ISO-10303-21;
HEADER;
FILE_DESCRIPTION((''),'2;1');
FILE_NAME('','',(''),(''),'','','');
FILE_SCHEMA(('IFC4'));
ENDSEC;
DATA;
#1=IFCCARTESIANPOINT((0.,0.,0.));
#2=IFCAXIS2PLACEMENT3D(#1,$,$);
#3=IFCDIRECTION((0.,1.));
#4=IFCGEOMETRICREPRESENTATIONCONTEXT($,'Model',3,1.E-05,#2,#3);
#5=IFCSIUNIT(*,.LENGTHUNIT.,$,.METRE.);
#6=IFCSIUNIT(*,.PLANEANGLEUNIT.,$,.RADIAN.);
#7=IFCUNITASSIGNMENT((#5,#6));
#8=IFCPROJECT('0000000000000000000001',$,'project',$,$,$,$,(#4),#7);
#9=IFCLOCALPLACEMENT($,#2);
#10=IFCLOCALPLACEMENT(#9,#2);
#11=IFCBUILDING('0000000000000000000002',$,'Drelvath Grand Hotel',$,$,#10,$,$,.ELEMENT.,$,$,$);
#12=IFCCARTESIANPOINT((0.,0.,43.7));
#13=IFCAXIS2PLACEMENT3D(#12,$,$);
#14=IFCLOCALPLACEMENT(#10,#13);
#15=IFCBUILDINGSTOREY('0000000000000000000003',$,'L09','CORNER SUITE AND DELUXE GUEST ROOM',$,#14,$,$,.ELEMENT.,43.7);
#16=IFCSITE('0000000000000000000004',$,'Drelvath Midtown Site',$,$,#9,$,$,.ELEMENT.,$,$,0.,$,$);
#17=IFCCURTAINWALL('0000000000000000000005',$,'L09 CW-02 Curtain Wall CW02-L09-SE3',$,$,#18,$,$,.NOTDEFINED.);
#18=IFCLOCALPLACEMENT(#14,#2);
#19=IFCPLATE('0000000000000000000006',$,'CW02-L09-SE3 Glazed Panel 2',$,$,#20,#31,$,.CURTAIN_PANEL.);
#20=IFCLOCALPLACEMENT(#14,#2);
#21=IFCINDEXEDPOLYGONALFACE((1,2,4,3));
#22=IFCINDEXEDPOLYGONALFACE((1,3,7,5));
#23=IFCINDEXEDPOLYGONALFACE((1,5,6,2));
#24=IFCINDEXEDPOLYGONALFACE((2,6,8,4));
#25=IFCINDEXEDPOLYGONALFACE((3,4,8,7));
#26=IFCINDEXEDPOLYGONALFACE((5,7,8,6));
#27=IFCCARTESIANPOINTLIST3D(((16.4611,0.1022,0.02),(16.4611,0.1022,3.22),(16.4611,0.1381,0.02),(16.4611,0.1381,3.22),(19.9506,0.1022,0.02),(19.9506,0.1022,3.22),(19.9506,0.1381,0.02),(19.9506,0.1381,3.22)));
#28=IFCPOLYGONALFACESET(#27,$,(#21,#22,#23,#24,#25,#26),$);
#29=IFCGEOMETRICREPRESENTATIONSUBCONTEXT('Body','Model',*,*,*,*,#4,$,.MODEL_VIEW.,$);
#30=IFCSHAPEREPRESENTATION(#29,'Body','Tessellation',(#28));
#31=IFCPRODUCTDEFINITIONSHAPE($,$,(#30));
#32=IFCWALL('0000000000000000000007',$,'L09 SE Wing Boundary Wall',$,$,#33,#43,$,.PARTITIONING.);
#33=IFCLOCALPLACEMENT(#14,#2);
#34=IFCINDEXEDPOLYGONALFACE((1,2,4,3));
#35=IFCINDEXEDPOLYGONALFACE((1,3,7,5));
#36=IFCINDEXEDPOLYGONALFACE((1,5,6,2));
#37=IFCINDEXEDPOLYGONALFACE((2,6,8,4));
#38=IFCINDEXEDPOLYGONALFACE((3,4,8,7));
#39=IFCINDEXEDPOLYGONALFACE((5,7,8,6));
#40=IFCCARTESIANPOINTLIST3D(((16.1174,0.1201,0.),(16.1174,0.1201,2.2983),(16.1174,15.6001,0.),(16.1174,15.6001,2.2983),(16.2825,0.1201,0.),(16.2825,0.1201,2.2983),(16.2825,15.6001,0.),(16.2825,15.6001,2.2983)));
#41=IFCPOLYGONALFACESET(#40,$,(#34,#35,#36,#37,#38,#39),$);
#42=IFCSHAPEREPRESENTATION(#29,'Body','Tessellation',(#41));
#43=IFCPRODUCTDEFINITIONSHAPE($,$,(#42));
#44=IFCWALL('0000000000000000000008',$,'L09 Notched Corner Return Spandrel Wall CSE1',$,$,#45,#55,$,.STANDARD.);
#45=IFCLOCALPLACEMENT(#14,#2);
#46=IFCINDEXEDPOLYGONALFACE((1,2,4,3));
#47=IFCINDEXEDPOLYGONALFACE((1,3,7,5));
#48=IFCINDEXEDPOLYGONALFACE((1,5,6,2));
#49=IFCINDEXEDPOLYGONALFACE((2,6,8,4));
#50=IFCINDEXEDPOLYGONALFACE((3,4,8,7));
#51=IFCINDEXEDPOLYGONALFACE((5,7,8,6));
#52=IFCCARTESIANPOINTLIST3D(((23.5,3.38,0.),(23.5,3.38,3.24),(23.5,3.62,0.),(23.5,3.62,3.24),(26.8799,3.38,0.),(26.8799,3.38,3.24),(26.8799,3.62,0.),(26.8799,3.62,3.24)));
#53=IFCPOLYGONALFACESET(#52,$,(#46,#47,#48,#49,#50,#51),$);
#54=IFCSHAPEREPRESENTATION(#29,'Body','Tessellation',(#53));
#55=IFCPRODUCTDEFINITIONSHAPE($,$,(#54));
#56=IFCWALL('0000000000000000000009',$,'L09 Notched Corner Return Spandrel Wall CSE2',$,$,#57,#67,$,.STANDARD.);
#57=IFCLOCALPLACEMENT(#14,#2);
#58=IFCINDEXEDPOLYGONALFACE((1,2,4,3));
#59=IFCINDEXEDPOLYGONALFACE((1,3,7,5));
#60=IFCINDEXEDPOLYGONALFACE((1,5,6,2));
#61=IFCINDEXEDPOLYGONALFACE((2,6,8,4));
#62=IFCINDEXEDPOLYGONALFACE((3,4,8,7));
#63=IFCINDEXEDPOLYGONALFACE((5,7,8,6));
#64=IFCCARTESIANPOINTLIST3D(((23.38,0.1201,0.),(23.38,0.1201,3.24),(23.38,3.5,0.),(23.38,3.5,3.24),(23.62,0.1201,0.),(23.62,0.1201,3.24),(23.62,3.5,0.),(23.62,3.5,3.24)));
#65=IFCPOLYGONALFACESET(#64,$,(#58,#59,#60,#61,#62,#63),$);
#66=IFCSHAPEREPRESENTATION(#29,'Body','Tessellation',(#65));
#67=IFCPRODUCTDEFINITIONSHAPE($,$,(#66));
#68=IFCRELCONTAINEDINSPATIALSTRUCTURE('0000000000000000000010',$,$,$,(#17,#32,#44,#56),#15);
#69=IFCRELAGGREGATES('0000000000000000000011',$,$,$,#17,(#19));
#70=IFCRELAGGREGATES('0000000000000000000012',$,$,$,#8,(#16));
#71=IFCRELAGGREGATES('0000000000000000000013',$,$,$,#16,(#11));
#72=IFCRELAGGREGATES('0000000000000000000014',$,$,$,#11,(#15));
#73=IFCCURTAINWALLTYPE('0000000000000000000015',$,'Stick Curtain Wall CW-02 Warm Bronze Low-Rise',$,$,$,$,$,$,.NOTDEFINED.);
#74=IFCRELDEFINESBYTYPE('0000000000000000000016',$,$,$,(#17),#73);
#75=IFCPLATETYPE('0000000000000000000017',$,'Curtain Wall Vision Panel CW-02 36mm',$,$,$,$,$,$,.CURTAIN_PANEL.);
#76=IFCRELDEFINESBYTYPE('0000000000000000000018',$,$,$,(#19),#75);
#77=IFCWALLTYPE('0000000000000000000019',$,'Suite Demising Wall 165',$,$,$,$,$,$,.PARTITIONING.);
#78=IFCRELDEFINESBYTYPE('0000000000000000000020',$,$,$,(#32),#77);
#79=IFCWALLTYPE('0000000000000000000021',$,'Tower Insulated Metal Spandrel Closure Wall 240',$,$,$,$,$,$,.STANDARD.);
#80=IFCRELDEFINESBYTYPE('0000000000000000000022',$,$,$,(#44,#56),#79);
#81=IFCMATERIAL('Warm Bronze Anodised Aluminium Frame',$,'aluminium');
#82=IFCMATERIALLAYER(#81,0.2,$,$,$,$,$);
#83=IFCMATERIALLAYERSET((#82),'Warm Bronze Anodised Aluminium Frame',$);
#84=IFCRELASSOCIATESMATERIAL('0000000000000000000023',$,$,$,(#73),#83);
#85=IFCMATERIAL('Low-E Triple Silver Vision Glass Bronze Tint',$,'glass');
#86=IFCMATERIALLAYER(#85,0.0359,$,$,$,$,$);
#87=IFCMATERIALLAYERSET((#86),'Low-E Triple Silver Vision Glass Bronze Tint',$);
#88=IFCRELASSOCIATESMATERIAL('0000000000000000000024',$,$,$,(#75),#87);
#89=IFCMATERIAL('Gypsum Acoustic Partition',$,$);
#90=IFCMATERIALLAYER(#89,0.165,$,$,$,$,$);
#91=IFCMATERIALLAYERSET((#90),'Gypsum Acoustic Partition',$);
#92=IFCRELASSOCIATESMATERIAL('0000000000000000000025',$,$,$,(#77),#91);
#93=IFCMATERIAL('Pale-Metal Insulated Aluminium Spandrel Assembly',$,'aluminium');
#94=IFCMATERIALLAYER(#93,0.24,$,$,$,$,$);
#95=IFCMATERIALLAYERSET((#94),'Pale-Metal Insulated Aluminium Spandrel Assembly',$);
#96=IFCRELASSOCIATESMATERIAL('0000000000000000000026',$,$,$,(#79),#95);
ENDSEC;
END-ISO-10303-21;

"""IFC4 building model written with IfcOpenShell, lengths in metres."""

from ifc_helpers import new_model, si_unit, direction, frame, frame_2d, origin, origin_2d, place, context, subcontext, project, spatial, rectangle, extrude, material, layer, layer_set, type_object, element, aggregate, save


model = new_model("IFC4")

# Units and contexts
model_context = context("Model", 3, precision=1e-05, world=origin(), true_north=direction((0.0, 1.0)))
body_context = subcontext(model_context, "Body", "Model", "MODEL_VIEW")
ifc_project = project(units=[si_unit("LENGTHUNIT", "METRE"), si_unit("PLANEANGLEUNIT", "RADIAN")], contexts=[model_context])

# Site, building, storey
site_placement = place(None, origin())
site = spatial("IfcSite", under=ifc_project, at=site_placement, Name="Drelvath Midtown Site", CompositionType="ELEMENT", RefElevation=0.0)
building_placement = place(site_placement, origin())
building = spatial("IfcBuilding", under=site, at=building_placement, Name="Drelvath Grand Hotel", CompositionType="ELEMENT")
storey_placement = place(building_placement, frame((0.0, 0.0, 43.7)))
storey = spatial("IfcBuildingStorey", under=building, at=storey_placement, Name="L09", Description="CORNER SUITE AND DELUXE GUEST ROOM", CompositionType="ELEMENT", Elevation=43.7)

# Curtain wall
ifc_material_1 = material(Name="Warm Bronze Anodised Aluminium Frame", Category="aluminium")
ifc_layer_1 = layer(ifc_material_1, 0.2)
ifc_layer_set_1 = layer_set([ifc_layer_1], Name="Warm Bronze Anodised Aluminium Frame")
curtain_wall_type = type_object("IfcCurtainWallType", Name="Stick Curtain Wall CW-02 Warm Bronze Low-Rise", PredefinedType="NOTDEFINED", material=ifc_layer_set_1)
curtain_wall_1_placement = place(storey_placement, origin())
curtain_wall_1 = element("IfcCurtainWall", 1, at=curtain_wall_1_placement, inside=storey, type_object=curtain_wall_type, Name="L09 CW-02 Curtain Wall CW02-L09-SE3", PredefinedType="NOTDEFINED")

# Plate
ifc_material_2 = material(Name="Low-E Triple Silver Vision Glass Bronze Tint", Category="glass")
ifc_layer_2 = layer(ifc_material_2, 0.0359)
ifc_layer_set_2 = layer_set([ifc_layer_2], Name="Low-E Triple Silver Vision Glass Bronze Tint")
plate_type = type_object("IfcPlateType", Name="Curtain Wall Vision Panel CW-02 36mm", PredefinedType="CURTAIN_PANEL", material=ifc_layer_set_2)
plate_1_placement = place(storey_placement, frame((18.2058, 0.1201, 0.02), z_axis=(0.0, 0.0, 1.0), x_axis=(-1.0, 0.0, 0.0)))
plate_1 = element("IfcPlate", 2, at=plate_1_placement, type_object=plate_type, Name="CW02-L09-SE3 Glazed Panel 2", PredefinedType="CURTAIN_PANEL", context=body_context, shape_type="SweptSolid", body=[
    extrude(rectangle(XDim=3.4895, YDim=0.0359, at=origin_2d()), origin(), (0.0, 0.0, 1.0), 3.2),
])
aggregate(curtain_wall_1, [plate_1])

# Walls
ifc_material_3 = material(Name="Gypsum Acoustic Partition")
ifc_layer_3 = layer(ifc_material_3, 0.165)
ifc_layer_set_3 = layer_set([ifc_layer_3], Name="Gypsum Acoustic Partition")
wall_type_1 = type_object("IfcWallType", Name="Suite Demising Wall 165", PredefinedType="PARTITIONING", material=ifc_layer_set_3)
wall_placement = place(storey_placement, frame((16.2, 0.1201, 0.0), z_axis=(0.0, 0.0, 1.0), x_axis=(0.0, 1.0, 0.0)))
element("IfcWall", 3, at=wall_placement, inside=storey, type_object=wall_type_1, Name="L09 SE Wing Boundary Wall", PredefinedType="PARTITIONING", context=body_context, shape_type="SweptSolid", body=[
    extrude(rectangle(XDim=15.48, YDim=0.165, at=frame_2d((7.74, 0.0))), origin(), (0.0, 0.0, 1.0), 2.2983),
])
ifc_material_4 = material(Name="Pale-Metal Insulated Aluminium Spandrel Assembly", Category="aluminium")
ifc_layer_4 = layer(ifc_material_4, 0.24)
ifc_layer_set_4 = layer_set([ifc_layer_4], Name="Pale-Metal Insulated Aluminium Spandrel Assembly")
wall_type_2 = type_object("IfcWallType", Name="Tower Insulated Metal Spandrel Closure Wall 240", PredefinedType="STANDARD", material=ifc_layer_set_4)
for number, where, z_axis, x_axis, name in (
    (4, (26.8799, 3.5, 0.0), (0.0, 0.0, 1.0), (-1.0, 0.0, 0.0), "L09 Notched Corner Return Spandrel Wall CSE1"),
    (5, (23.5, 3.5, 0.0), (0.0, 0.0, 1.0), (0.0, -1.0, 0.0), "L09 Notched Corner Return Spandrel Wall CSE2"),
):
    element("IfcWall", number, at=place(storey_placement, frame(where, z_axis=z_axis, x_axis=x_axis)), inside=storey, type_object=wall_type_2, Name=name, PredefinedType="STANDARD", context=body_context, shape_type="SweptSolid", body=[
        extrude(rectangle(XDim=3.3799, YDim=0.24, at=frame_2d((1.6899, 0.0))), origin(), (0.0, 0.0, 1.0), 3.24),
    ])

save(model, "model.ifc")
